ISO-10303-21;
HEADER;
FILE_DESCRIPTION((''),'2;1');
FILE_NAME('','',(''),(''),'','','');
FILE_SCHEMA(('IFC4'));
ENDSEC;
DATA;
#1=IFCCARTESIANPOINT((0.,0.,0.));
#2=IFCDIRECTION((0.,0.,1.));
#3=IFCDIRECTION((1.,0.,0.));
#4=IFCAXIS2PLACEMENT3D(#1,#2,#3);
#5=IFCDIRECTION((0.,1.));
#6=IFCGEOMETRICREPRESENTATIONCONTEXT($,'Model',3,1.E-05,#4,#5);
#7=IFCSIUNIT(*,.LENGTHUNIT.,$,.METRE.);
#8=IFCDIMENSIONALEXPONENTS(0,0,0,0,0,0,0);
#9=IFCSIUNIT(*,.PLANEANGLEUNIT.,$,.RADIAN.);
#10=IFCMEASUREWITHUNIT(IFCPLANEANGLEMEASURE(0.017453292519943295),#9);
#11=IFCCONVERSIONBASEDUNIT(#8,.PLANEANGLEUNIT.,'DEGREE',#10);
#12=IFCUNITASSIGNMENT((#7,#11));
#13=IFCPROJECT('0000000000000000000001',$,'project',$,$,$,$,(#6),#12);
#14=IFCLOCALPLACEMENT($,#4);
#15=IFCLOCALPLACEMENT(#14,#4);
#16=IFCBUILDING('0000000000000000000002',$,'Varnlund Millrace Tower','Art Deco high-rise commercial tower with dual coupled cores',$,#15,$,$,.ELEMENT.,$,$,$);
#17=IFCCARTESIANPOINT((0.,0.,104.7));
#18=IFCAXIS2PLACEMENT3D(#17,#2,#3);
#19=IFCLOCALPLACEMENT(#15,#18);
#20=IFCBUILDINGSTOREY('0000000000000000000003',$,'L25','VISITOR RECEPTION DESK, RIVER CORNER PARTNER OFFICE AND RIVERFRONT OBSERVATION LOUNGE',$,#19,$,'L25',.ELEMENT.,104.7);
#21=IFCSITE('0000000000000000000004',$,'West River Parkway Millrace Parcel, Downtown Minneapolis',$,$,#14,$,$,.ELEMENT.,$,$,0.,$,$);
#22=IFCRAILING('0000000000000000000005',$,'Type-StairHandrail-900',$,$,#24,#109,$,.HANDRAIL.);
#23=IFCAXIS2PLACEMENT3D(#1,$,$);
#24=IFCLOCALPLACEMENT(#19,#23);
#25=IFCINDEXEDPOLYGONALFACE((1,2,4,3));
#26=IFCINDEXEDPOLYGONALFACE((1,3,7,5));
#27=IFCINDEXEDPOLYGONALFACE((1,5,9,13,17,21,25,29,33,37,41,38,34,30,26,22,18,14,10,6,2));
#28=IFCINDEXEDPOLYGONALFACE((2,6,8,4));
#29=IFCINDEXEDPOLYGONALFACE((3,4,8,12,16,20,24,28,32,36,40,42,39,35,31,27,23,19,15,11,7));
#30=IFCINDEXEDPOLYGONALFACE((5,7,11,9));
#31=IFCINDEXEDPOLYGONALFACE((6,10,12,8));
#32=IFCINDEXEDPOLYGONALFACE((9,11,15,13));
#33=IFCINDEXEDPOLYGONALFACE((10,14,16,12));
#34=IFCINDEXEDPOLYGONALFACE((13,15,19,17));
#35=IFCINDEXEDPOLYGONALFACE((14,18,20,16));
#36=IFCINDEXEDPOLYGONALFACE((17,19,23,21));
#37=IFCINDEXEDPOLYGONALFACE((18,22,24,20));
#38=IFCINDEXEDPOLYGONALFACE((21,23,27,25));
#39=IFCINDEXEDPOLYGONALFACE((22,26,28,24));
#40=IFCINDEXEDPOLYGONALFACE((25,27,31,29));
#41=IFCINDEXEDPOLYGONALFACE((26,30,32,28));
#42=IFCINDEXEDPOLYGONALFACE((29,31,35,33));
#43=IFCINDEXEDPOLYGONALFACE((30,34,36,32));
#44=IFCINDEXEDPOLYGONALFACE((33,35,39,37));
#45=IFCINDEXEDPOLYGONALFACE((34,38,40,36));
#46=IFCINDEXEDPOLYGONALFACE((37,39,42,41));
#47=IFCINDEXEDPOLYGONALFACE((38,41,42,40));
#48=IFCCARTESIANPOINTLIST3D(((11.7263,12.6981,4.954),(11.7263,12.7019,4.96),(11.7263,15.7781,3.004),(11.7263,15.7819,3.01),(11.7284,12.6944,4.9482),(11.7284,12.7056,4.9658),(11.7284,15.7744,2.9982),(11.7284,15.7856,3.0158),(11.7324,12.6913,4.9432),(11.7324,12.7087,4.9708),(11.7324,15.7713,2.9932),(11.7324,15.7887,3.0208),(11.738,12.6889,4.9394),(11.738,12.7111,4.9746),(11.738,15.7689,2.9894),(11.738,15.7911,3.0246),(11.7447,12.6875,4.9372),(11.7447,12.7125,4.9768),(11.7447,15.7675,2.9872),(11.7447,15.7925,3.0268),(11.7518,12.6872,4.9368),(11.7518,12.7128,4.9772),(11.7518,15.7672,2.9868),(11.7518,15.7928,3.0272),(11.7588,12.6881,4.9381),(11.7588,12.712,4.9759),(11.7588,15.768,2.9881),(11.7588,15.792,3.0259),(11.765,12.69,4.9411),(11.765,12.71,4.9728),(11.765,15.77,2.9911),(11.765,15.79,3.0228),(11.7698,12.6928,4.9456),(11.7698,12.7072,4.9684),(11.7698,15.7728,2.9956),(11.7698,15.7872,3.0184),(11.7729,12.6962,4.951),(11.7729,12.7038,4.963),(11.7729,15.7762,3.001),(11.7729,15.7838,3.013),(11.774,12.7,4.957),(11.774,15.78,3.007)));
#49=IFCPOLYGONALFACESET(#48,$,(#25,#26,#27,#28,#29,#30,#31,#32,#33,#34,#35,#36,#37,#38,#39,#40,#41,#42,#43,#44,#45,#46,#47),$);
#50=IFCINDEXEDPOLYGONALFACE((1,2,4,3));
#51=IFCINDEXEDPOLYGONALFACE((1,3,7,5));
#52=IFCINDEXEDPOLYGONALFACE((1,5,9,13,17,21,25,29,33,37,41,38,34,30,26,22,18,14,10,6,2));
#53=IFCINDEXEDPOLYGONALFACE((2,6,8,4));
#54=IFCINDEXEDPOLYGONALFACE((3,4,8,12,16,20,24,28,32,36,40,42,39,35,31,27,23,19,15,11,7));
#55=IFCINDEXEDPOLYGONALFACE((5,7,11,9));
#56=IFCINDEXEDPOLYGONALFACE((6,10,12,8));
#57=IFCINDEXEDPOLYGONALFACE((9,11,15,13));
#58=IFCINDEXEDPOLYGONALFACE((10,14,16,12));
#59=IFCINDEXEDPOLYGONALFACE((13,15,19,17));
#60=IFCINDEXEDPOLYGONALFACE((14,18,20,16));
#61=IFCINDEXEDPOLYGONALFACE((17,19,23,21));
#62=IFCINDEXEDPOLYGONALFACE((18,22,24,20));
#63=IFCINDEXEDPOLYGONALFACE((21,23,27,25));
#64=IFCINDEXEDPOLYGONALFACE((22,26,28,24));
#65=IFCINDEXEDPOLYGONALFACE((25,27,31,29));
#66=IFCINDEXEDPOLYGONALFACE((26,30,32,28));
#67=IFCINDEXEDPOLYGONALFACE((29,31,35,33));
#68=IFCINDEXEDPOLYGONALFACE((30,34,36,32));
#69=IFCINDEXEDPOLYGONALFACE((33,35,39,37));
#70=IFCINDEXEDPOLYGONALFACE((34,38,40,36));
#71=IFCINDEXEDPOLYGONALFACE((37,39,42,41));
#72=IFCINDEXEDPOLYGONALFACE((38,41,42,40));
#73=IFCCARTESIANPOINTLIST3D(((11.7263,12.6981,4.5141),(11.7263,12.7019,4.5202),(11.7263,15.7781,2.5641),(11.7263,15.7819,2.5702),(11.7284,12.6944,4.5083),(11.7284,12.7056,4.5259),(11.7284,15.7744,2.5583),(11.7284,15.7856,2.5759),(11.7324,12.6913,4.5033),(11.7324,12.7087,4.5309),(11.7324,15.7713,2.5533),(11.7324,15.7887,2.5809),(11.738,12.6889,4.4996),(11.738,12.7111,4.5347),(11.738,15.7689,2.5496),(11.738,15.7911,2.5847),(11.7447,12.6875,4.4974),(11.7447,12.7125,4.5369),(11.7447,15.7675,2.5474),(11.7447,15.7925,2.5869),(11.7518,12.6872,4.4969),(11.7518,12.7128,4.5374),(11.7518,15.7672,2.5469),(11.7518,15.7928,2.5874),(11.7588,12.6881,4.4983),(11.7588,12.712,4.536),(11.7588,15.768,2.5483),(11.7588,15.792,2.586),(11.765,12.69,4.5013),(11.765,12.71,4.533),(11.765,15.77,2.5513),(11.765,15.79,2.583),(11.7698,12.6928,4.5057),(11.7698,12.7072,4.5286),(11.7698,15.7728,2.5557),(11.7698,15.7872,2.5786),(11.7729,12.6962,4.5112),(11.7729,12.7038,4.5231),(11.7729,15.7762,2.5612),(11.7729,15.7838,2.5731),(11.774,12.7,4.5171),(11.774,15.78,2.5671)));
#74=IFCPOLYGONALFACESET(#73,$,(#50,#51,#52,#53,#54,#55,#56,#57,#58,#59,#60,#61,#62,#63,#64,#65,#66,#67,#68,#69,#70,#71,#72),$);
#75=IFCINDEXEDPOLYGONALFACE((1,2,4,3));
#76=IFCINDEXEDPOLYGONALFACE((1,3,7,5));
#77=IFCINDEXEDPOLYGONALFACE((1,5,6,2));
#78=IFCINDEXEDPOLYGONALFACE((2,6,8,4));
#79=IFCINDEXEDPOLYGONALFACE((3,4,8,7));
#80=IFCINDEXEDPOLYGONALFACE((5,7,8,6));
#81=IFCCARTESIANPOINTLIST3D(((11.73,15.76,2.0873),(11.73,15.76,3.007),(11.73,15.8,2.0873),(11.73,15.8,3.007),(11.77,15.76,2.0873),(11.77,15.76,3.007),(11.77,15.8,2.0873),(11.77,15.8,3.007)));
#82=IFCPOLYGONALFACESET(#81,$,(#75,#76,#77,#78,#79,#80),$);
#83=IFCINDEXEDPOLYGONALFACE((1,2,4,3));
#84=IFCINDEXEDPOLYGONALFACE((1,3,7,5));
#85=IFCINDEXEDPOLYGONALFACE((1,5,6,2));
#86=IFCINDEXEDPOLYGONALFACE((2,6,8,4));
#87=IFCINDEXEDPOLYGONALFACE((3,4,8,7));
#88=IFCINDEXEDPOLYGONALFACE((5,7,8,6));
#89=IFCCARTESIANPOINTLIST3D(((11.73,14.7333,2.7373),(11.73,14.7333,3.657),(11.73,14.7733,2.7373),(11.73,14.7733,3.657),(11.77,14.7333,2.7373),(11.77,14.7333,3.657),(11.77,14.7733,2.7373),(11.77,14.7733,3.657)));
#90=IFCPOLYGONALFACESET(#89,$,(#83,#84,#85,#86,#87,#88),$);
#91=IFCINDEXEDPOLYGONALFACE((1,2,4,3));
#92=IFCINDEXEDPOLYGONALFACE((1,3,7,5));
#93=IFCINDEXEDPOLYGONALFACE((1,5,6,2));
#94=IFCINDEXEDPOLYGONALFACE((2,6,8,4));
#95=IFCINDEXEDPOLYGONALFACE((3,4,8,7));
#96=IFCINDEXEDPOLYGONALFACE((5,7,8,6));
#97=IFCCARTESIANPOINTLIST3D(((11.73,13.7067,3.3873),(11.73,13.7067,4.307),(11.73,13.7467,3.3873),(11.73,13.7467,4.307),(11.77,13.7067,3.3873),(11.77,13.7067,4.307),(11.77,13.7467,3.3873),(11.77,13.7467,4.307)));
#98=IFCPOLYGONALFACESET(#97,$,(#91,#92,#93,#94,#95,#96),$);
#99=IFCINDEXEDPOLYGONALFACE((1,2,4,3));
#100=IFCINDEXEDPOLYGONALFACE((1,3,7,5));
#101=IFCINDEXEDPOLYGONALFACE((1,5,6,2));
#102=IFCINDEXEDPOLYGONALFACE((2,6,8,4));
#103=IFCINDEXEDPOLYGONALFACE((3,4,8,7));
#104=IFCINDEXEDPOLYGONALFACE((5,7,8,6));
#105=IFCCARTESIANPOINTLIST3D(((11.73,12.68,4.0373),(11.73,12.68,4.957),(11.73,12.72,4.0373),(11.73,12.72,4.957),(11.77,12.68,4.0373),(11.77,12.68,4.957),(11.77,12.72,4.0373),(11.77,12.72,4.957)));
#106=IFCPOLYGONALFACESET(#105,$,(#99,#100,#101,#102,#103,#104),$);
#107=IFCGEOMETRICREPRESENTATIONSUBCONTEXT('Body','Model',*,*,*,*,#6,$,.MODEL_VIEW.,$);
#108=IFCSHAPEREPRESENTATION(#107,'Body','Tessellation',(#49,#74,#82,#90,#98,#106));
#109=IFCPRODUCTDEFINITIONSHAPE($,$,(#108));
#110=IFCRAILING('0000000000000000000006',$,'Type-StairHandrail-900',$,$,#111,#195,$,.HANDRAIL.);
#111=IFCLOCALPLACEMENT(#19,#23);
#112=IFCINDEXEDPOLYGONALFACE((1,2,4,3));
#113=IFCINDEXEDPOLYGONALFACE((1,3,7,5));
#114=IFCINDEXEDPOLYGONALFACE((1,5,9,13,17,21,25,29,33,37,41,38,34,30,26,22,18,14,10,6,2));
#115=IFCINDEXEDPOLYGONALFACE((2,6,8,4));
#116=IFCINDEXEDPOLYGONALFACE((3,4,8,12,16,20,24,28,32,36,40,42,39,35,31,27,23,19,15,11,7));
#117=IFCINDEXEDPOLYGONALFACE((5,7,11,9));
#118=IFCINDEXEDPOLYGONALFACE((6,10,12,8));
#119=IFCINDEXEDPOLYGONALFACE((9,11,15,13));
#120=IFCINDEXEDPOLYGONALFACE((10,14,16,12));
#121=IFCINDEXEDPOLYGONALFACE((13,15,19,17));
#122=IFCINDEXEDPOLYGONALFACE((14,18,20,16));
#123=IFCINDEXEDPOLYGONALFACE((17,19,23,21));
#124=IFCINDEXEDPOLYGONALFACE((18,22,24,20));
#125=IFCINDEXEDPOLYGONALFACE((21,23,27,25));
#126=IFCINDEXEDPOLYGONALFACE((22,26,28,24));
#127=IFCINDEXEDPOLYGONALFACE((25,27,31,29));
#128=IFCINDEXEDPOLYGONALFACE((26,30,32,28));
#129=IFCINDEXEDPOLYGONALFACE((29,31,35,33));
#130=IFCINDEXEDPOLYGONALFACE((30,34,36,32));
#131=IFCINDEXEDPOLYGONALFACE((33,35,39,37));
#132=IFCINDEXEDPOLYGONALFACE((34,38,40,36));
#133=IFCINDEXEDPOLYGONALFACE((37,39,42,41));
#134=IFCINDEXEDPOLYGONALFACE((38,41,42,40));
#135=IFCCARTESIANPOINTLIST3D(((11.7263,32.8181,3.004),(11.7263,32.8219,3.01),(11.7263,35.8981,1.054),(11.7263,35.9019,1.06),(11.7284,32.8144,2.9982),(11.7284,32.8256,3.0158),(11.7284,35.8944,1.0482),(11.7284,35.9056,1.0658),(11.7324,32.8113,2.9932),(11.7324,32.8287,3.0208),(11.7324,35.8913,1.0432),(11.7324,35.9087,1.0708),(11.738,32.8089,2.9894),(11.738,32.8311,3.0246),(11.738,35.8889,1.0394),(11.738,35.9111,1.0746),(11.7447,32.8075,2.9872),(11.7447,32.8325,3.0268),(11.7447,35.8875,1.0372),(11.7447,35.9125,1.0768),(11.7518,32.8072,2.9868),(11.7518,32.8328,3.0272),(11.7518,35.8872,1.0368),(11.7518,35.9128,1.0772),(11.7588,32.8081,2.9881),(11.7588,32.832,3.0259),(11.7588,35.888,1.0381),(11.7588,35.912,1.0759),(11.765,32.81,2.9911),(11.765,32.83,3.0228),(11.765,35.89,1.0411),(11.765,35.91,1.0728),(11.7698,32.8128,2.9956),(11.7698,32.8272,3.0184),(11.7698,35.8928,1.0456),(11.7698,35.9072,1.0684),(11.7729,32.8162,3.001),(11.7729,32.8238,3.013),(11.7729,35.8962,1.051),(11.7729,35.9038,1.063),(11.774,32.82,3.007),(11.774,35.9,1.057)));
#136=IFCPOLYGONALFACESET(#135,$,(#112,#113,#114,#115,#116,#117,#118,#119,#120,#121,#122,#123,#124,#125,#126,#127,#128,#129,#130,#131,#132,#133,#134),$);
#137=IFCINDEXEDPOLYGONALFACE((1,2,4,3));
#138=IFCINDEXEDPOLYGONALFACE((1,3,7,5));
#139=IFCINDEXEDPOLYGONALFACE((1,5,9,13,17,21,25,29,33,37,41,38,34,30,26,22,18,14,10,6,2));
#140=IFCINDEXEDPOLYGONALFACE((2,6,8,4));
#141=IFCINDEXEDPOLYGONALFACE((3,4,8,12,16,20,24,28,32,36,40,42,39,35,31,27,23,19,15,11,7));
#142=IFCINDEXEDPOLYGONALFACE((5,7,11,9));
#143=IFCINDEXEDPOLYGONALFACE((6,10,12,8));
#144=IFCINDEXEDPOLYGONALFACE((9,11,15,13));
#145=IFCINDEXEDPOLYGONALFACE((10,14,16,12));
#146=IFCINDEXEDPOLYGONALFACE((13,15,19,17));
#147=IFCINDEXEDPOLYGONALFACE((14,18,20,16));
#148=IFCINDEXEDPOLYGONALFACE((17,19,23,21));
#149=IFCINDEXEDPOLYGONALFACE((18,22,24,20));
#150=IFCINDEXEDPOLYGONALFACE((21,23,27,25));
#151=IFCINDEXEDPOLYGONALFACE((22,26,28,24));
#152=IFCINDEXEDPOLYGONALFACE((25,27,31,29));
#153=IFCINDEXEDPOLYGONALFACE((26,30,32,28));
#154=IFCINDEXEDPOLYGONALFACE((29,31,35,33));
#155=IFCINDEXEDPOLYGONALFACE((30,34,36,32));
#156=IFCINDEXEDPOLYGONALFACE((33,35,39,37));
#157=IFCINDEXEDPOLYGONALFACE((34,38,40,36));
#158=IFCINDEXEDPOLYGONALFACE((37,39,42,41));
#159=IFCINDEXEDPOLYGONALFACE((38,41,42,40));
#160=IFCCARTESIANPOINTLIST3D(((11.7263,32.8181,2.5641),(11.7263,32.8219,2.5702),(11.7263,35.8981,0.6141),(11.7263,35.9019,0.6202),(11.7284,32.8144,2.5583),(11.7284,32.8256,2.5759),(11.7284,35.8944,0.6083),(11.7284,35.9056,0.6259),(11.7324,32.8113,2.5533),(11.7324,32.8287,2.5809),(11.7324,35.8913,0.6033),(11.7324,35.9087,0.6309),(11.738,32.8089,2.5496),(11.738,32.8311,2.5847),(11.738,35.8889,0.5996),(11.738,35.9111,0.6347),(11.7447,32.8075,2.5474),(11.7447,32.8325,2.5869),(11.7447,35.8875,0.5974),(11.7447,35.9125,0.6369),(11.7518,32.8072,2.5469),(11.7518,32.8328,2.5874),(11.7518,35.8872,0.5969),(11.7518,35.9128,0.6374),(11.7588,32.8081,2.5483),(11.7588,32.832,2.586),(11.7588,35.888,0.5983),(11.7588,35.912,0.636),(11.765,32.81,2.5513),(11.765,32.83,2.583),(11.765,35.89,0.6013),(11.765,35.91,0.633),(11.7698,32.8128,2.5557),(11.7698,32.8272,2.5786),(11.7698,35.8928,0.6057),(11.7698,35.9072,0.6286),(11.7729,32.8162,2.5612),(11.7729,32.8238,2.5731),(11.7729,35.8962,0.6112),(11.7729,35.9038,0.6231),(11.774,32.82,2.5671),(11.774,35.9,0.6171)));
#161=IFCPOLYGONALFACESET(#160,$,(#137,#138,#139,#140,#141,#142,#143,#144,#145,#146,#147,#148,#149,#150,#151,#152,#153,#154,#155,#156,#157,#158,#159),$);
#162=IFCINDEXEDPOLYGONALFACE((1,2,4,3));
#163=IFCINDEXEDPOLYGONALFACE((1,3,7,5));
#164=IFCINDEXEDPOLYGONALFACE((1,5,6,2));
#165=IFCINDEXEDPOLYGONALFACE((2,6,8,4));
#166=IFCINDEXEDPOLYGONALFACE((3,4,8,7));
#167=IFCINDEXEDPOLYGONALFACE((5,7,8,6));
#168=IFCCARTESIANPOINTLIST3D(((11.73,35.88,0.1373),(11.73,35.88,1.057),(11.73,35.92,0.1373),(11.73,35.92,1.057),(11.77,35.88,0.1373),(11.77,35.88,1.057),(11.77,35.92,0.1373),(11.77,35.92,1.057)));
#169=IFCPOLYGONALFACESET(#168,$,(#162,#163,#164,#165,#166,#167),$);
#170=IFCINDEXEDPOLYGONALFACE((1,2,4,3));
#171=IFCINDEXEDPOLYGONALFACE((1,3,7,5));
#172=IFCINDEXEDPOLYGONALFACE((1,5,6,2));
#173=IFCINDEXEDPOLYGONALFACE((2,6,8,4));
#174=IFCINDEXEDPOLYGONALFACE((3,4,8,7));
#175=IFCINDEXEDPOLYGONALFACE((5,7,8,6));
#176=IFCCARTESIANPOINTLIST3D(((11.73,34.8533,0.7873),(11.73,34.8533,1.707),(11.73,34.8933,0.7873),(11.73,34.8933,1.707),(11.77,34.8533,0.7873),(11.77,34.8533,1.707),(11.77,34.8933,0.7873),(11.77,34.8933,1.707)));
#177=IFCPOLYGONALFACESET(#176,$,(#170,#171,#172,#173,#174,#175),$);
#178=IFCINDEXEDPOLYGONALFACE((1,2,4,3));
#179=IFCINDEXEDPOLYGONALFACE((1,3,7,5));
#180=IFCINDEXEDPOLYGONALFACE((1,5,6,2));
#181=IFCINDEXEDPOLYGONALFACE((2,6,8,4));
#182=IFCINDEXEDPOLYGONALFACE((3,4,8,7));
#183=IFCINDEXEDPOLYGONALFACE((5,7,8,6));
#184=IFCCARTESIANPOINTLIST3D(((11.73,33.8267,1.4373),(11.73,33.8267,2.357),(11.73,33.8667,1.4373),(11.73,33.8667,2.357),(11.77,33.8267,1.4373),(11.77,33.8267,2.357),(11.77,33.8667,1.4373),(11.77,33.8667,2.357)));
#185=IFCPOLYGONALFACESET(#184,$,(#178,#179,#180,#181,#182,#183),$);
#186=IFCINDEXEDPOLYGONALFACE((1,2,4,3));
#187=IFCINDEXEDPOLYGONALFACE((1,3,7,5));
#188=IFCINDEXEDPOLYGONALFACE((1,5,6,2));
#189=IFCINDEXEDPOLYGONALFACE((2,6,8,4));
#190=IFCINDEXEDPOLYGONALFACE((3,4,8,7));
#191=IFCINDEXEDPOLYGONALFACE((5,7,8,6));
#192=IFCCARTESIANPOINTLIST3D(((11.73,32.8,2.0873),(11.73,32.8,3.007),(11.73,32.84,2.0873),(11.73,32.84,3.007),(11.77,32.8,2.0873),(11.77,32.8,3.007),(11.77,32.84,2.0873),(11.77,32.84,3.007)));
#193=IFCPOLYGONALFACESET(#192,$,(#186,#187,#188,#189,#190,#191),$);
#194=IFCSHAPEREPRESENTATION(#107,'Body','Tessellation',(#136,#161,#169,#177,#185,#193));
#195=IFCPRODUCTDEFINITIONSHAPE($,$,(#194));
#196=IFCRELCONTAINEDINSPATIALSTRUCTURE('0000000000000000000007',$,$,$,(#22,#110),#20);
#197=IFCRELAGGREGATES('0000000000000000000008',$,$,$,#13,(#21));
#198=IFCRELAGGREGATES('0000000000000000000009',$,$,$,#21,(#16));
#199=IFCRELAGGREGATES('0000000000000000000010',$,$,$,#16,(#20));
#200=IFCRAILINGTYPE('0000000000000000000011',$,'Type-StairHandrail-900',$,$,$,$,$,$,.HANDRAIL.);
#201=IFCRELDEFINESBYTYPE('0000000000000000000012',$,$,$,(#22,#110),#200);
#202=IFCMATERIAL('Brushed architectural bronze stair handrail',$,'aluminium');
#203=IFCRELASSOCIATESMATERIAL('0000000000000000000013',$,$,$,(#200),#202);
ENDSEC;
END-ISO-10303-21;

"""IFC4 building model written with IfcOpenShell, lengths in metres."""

from ifc_helpers import new_model, entity, si_unit, converted_unit, direction, frame, origin_with_axes, origin_2d_with_axis, place, context, subcontext, project, spatial, rectangle, circle, extrude, material, type_object, element, save


model = new_model("IFC4")

# Units and contexts
model_context = context("Model", 3, precision=1e-05, world=origin_with_axes(), true_north=direction((0.0, 1.0)))
body_context = subcontext(model_context, "Body", "Model", "MODEL_VIEW")
ifc_project = project(units=[si_unit("LENGTHUNIT", "METRE"), converted_unit("PLANEANGLEUNIT", "DEGREE", entity("IfcPlaneAngleMeasure", 0.017453292519943295), si_unit("PLANEANGLEUNIT", "RADIAN"), dimensions=[0, 0, 0, 0, 0, 0, 0])], contexts=[model_context])

# Site, building, storey
site_placement = place(None, origin_with_axes())
site = spatial("IfcSite", under=ifc_project, at=site_placement, Name="West River Parkway Millrace Parcel, Downtown Minneapolis", CompositionType="ELEMENT", RefElevation=0.0)
building_placement = place(site_placement, origin_with_axes())
building = spatial("IfcBuilding", under=site, at=building_placement, Name="Varnlund Millrace Tower", Description="Art Deco high-rise commercial tower with dual coupled cores", CompositionType="ELEMENT")
storey_placement = place(building_placement, frame((0.0, 0.0, 104.7), z_axis=(0.0, 0.0, 1.0), x_axis=(1.0, 0.0, 0.0)))
storey = spatial("IfcBuildingStorey", under=building, at=storey_placement, Name="L25", Description="VISITOR RECEPTION DESK, RIVER CORNER PARTNER OFFICE AND RIVERFRONT OBSERVATION LOUNGE", LongName="L25", CompositionType="ELEMENT", Elevation=104.7)

# Railings
ifc_material_1 = material(Name="Brushed architectural bronze stair handrail", Category="aluminium")
railing_type_1 = type_object("IfcRailingType", Name="Type-StairHandrail-900", PredefinedType="HANDRAIL", material=ifc_material_1)
railing_1_placement = place(storey_placement, frame((0.0, 0.0, -104.7), z_axis=(0.0, 0.0, 1.0), x_axis=(1.0, 0.0, 0.0)))
element("IfcRailing", 1, at=railing_1_placement, inside=storey, type_object=railing_type_1, Name="Type-StairHandrail-900", PredefinedType="HANDRAIL", context=body_context, shape_type="SweptSolid", body=[
    extrude(circle(Radius=0.024, at=origin_2d_with_axis()), frame((11.75, 15.78, 107.707), z_axis=(0.0, -0.844902, 0.534922), x_axis=(1.0, 0.0, 0.0)), (0.0, 0.0, 1.0), 3.6454),
    extrude(circle(Radius=0.024, at=origin_2d_with_axis()), frame((11.75, 15.78, 107.2671), z_axis=(0.0, -0.844902, 0.534922), x_axis=(1.0, 0.0, 0.0)), (0.0, 0.0, 1.0), 3.6454),
    extrude(rectangle(XDim=0.04, YDim=0.04, at=origin_2d_with_axis()), frame((11.75, 15.78, 106.7873), z_axis=(0.0, 0.0, 1.0), x_axis=(1.0, 0.0, 0.0)), (0.0, 0.0, 1.0), 0.9197),
    extrude(rectangle(XDim=0.04, YDim=0.04, at=origin_2d_with_axis()), frame((11.75, 14.7533, 107.4373), z_axis=(0.0, 0.0, 1.0), x_axis=(1.0, 0.0, 0.0)), (0.0, 0.0, 1.0), 0.9197),
    extrude(rectangle(XDim=0.04, YDim=0.04, at=origin_2d_with_axis()), frame((11.75, 13.7267, 108.0873), z_axis=(0.0, 0.0, 1.0), x_axis=(1.0, 0.0, 0.0)), (0.0, 0.0, 1.0), 0.9197),
    extrude(rectangle(XDim=0.04, YDim=0.04, at=origin_2d_with_axis()), frame((11.75, 12.7, 108.7373), z_axis=(0.0, 0.0, 1.0), x_axis=(1.0, 0.0, 0.0)), (0.0, 0.0, 1.0), 0.9197),
])
railing_2_placement = place(storey_placement, frame((0.0, 0.0, -104.7), z_axis=(0.0, 0.0, 1.0), x_axis=(1.0, 0.0, 0.0)))
element("IfcRailing", 2, at=railing_2_placement, inside=storey, type_object=railing_type_1, Name="Type-StairHandrail-900", PredefinedType="HANDRAIL", context=body_context, shape_type="SweptSolid", body=[
    extrude(circle(Radius=0.024, at=origin_2d_with_axis()), frame((11.75, 35.9, 105.757), z_axis=(0.0, -0.844902, 0.534922), x_axis=(1.0, 0.0, 0.0)), (0.0, 0.0, 1.0), 3.6454),
    extrude(circle(Radius=0.024, at=origin_2d_with_axis()), frame((11.75, 35.9, 105.3171), z_axis=(0.0, -0.844902, 0.534922), x_axis=(1.0, 0.0, 0.0)), (0.0, 0.0, 1.0), 3.6454),
    extrude(rectangle(XDim=0.04, YDim=0.04, at=origin_2d_with_axis()), frame((11.75, 35.9, 104.8373), z_axis=(0.0, 0.0, 1.0), x_axis=(1.0, 0.0, 0.0)), (0.0, 0.0, 1.0), 0.9197),
    extrude(rectangle(XDim=0.04, YDim=0.04, at=origin_2d_with_axis()), frame((11.75, 34.8733, 105.4873), z_axis=(0.0, 0.0, 1.0), x_axis=(1.0, 0.0, 0.0)), (0.0, 0.0, 1.0), 0.9197),
    extrude(rectangle(XDim=0.04, YDim=0.04, at=origin_2d_with_axis()), frame((11.75, 33.8467, 106.1373), z_axis=(0.0, 0.0, 1.0), x_axis=(1.0, 0.0, 0.0)), (0.0, 0.0, 1.0), 0.9197),
    extrude(rectangle(XDim=0.04, YDim=0.04, at=origin_2d_with_axis()), frame((11.75, 32.82, 106.7873), z_axis=(0.0, 0.0, 1.0), x_axis=(1.0, 0.0, 0.0)), (0.0, 0.0, 1.0), 0.9197),
])

save(model, "model.ifc")
